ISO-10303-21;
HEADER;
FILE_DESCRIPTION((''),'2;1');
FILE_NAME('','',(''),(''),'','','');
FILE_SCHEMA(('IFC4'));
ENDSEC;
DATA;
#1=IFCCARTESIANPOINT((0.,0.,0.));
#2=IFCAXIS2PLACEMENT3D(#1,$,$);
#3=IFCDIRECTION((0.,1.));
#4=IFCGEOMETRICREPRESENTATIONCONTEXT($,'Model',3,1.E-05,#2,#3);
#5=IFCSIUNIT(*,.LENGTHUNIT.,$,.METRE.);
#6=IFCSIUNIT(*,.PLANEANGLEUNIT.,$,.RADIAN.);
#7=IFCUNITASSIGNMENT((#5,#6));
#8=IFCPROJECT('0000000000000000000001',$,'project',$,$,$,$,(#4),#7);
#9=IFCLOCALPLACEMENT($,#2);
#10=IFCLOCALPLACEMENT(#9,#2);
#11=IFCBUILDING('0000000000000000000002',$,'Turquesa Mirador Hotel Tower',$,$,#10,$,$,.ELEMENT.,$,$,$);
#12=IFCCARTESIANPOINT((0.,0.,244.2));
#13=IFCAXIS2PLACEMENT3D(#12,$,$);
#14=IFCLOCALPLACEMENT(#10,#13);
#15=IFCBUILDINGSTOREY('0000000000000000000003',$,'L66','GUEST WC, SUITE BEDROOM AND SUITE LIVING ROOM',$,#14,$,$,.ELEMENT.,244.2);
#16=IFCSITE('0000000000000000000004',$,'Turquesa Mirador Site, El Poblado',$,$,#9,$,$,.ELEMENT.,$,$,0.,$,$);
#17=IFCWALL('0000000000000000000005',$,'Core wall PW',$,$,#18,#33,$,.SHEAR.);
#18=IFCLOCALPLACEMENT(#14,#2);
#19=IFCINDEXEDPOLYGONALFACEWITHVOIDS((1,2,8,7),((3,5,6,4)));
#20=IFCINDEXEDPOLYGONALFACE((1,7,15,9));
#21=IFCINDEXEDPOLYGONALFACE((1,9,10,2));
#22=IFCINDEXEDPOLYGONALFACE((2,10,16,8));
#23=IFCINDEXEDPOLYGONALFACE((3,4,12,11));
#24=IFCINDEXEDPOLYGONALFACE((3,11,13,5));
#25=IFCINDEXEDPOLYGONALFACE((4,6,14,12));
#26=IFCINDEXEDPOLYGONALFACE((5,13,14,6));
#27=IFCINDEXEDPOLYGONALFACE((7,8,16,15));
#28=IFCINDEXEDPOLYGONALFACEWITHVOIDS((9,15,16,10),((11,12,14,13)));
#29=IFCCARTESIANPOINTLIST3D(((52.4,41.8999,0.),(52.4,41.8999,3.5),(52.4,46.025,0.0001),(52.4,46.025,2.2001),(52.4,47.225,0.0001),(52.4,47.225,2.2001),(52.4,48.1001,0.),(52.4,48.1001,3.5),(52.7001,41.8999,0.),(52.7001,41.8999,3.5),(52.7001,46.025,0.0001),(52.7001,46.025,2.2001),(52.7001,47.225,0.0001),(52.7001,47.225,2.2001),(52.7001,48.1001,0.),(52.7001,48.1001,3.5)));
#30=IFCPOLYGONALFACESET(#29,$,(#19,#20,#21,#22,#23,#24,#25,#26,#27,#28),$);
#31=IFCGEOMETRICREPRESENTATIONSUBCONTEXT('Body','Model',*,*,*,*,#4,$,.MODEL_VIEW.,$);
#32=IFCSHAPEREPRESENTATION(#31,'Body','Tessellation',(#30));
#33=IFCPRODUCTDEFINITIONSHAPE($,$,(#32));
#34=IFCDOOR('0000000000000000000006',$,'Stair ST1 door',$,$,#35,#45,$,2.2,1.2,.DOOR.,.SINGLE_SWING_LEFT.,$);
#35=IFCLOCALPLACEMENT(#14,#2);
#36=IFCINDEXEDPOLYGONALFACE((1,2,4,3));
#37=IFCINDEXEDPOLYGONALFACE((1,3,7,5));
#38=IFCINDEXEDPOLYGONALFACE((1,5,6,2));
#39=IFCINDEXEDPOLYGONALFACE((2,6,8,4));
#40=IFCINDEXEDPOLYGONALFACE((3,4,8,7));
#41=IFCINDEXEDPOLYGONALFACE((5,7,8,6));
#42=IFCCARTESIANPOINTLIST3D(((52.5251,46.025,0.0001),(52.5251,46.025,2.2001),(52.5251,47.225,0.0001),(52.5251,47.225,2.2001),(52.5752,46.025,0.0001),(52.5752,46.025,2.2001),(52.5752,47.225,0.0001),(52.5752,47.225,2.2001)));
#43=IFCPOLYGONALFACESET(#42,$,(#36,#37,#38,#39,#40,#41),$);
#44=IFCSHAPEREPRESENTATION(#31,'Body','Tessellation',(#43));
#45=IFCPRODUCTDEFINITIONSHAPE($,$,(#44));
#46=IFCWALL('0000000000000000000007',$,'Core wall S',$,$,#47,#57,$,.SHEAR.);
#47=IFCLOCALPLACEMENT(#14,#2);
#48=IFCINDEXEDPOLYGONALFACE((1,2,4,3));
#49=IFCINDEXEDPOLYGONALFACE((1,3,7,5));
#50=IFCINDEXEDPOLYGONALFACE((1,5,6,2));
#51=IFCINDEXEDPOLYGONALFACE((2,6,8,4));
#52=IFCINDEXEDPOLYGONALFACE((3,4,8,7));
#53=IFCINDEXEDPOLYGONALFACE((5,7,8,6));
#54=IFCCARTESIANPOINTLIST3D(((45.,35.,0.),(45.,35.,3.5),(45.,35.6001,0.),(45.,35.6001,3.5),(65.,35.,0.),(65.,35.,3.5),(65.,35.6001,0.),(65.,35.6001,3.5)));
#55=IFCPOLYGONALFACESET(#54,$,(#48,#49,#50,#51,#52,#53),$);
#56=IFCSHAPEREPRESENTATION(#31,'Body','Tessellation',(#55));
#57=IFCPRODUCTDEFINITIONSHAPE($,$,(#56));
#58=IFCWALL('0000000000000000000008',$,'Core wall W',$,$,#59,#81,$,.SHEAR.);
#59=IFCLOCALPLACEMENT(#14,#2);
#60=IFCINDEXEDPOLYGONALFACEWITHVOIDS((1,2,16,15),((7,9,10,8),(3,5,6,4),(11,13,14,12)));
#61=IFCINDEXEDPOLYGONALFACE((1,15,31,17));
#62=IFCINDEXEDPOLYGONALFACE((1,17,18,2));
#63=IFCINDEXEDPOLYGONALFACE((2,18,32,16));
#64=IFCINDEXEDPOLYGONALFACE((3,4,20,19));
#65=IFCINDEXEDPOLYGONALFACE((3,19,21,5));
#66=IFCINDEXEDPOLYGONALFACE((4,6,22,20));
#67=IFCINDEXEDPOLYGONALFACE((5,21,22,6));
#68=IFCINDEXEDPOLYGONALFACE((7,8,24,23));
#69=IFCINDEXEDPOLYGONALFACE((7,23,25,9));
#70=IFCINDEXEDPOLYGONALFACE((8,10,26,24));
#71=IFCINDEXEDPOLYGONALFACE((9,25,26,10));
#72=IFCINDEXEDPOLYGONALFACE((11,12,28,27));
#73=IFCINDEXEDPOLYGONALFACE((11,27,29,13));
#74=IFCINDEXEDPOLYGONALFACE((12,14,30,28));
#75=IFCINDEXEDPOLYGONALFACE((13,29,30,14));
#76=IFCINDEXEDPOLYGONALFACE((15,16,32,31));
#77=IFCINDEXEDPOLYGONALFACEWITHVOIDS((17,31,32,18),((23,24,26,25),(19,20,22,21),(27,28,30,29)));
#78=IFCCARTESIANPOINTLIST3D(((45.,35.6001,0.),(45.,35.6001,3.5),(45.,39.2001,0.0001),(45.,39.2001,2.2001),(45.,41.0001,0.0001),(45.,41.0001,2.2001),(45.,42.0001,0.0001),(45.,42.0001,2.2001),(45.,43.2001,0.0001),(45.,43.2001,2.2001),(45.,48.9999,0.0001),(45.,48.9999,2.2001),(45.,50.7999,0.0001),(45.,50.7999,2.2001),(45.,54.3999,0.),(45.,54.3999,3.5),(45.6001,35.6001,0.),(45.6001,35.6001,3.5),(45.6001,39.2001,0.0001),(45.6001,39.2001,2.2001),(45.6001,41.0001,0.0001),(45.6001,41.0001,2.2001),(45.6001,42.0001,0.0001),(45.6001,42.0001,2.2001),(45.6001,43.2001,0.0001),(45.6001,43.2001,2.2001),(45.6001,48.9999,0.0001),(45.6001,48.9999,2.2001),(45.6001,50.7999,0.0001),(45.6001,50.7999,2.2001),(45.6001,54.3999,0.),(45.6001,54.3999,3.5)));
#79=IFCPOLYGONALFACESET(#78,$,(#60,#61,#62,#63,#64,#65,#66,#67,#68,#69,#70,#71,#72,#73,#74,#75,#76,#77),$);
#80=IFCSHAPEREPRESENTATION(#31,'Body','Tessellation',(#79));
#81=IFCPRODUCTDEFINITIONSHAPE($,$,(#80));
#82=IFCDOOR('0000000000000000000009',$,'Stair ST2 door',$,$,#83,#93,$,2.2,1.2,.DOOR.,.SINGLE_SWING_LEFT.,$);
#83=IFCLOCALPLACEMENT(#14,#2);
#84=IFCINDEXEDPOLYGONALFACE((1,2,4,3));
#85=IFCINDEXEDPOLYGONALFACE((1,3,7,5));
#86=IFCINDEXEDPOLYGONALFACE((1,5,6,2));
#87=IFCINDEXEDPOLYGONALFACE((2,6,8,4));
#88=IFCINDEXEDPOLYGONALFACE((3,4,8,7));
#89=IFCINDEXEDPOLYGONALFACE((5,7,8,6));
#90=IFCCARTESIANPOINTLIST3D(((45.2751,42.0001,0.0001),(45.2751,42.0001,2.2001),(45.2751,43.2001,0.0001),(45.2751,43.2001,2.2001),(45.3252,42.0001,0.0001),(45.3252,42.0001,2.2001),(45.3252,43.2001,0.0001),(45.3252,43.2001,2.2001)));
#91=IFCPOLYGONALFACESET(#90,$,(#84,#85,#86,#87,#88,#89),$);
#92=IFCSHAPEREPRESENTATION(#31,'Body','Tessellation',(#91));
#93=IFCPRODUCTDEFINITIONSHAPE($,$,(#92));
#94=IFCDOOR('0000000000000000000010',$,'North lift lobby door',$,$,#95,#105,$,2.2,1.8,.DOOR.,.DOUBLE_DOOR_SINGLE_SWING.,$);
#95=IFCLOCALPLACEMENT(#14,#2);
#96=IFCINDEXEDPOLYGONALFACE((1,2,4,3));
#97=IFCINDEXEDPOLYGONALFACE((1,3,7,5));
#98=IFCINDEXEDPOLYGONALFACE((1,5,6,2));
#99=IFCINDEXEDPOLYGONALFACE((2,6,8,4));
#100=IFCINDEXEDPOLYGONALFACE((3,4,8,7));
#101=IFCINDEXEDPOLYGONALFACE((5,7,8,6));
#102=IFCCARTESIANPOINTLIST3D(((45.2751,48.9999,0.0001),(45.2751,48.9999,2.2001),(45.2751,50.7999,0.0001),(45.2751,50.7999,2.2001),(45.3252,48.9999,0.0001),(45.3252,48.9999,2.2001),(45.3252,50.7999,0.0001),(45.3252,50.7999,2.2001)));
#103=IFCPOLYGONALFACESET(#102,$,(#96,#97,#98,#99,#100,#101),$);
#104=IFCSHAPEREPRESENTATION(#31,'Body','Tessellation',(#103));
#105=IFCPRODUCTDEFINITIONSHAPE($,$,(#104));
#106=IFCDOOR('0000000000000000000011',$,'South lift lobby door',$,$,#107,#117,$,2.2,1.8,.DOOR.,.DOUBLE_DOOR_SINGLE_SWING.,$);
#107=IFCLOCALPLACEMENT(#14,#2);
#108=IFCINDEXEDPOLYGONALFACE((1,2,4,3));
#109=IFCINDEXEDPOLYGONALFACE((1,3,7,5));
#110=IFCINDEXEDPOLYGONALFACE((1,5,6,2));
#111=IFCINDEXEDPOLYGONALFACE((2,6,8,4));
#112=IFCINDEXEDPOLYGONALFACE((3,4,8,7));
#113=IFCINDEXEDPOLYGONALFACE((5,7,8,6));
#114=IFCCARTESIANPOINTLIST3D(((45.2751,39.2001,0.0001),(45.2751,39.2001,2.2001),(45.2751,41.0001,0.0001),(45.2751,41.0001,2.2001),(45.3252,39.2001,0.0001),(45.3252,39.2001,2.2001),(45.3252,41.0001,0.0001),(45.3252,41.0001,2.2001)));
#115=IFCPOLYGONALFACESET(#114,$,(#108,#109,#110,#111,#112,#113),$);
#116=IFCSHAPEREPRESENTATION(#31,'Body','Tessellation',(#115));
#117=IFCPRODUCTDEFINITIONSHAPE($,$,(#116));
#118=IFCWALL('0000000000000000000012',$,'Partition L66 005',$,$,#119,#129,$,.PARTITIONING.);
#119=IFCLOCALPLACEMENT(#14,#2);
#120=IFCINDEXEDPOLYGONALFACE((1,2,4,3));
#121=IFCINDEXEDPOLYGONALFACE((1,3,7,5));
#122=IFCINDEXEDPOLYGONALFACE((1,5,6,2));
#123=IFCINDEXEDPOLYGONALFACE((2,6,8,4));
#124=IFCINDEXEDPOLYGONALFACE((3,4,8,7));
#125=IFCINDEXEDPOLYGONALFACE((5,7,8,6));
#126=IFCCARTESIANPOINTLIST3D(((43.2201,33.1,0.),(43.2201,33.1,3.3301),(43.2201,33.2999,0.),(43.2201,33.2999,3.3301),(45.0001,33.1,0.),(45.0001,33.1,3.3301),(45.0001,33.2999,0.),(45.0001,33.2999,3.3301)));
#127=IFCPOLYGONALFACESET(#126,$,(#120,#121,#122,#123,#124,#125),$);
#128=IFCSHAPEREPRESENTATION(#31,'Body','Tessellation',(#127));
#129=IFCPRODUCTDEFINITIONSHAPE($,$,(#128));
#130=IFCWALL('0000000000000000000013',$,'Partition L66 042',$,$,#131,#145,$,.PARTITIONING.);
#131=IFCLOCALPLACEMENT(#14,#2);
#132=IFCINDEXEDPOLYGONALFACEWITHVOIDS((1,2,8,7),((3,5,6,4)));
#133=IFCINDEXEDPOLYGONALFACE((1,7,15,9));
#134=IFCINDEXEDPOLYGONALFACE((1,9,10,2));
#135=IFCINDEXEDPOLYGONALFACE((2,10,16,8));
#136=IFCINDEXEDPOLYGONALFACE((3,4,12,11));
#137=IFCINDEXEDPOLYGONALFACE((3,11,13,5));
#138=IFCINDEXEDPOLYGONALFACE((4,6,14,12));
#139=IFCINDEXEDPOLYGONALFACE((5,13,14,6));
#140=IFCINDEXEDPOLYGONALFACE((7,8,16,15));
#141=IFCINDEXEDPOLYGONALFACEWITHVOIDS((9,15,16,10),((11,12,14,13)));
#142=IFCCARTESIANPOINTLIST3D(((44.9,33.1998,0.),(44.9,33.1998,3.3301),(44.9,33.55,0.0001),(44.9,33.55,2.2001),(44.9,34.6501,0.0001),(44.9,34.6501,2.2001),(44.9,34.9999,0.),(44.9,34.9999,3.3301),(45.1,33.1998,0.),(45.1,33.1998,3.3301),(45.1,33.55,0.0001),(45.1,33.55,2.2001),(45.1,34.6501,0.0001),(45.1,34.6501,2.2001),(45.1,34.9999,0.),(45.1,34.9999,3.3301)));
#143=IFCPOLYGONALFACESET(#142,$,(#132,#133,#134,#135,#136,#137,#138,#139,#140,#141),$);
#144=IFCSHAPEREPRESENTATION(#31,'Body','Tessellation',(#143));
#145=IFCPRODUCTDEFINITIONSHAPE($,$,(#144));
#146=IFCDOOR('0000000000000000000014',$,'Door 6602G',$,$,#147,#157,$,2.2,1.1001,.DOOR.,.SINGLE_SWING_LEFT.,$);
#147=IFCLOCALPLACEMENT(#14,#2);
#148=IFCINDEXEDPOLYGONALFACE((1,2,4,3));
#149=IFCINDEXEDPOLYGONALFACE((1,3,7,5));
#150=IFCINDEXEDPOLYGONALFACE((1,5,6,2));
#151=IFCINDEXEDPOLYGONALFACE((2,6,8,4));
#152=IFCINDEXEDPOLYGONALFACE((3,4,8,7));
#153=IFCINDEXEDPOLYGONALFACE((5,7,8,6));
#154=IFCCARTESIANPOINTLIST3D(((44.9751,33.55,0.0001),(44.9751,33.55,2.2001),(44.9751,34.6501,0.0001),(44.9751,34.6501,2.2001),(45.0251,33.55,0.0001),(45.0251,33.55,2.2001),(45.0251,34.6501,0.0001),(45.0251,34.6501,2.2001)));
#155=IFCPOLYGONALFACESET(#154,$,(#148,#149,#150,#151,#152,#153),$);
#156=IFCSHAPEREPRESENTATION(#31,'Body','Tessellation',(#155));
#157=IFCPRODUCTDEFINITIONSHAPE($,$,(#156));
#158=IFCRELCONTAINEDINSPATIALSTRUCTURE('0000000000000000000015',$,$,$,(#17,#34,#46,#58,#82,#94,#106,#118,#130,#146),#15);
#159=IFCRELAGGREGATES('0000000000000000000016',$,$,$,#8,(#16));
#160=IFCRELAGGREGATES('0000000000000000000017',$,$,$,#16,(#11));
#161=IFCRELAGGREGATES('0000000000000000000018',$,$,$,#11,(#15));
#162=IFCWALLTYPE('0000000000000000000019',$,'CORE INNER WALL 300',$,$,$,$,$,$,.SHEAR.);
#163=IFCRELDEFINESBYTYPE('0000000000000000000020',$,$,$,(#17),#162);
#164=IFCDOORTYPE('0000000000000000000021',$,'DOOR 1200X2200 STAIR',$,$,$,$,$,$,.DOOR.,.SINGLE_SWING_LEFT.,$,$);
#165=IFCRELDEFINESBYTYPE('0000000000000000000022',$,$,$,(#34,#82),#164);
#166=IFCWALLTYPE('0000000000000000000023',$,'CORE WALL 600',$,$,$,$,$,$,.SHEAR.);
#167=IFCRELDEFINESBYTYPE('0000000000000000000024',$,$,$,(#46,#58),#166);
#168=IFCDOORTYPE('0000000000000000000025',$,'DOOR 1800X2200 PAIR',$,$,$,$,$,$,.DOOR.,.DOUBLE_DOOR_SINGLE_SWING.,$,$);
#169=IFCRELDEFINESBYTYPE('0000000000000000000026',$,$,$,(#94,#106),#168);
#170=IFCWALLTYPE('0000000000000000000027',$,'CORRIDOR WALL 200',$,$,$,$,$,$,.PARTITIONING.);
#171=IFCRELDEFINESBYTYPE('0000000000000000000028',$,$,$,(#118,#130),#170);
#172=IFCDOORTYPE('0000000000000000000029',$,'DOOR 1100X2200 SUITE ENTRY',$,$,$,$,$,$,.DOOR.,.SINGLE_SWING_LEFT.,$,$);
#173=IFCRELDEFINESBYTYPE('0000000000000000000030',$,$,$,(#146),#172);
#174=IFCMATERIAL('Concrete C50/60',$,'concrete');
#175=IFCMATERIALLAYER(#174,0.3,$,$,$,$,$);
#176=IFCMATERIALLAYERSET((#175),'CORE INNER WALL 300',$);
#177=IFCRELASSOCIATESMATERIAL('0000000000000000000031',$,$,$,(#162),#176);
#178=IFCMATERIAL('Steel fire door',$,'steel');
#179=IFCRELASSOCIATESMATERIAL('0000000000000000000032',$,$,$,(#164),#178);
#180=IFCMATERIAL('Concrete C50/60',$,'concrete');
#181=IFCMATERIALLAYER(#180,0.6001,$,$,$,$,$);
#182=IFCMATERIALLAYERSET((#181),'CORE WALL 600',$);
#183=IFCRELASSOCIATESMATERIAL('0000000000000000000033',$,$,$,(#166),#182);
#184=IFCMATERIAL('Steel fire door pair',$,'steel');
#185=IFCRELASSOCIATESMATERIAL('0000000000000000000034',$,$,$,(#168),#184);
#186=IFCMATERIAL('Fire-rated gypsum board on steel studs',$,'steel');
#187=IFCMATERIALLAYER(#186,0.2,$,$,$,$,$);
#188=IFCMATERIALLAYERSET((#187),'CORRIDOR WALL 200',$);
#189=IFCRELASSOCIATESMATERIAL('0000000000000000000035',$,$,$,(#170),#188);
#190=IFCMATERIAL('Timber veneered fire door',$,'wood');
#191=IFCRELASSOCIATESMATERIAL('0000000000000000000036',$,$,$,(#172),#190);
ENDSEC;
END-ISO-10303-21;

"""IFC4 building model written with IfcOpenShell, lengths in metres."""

from ifc_helpers import new_model, si_unit, direction, frame, frame_2d, origin, place, context, subcontext, project, spatial, rectangle, extrude, material, layer, layer_set, type_object, element, fill, save


model = new_model("IFC4")

# Units and contexts
model_context = context("Model", 3, precision=1e-05, world=origin(), true_north=direction((0.0, 1.0)))
body_context = subcontext(model_context, "Body", "Model", "MODEL_VIEW")
ifc_project = project(units=[si_unit("LENGTHUNIT", "METRE"), si_unit("PLANEANGLEUNIT", "RADIAN")], contexts=[model_context])

# Site, building, storey
site_placement = place(None, origin())
site = spatial("IfcSite", under=ifc_project, at=site_placement, Name="Turquesa Mirador Site, El Poblado", CompositionType="ELEMENT", RefElevation=0.0)
building_placement = place(site_placement, origin())
building = spatial("IfcBuilding", under=site, at=building_placement, Name="Turquesa Mirador Hotel Tower", CompositionType="ELEMENT")
storey_placement = place(building_placement, frame((0.0, 0.0, 244.2)))
storey = spatial("IfcBuildingStorey", under=building, at=storey_placement, Name="L66", Description="GUEST WC, SUITE BEDROOM AND SUITE LIVING ROOM", CompositionType="ELEMENT", Elevation=244.2)

# Shared definitions
ifc_material_1 = material(Name="Concrete C50/60", Category="concrete")
ifc_layer_1 = layer(ifc_material_1, 0.3)
ifc_layer_set_1 = layer_set([ifc_layer_1], Name="CORE INNER WALL 300")
wall_type_1 = type_object("IfcWallType", Name="CORE INNER WALL 300", PredefinedType="SHEAR", material=ifc_layer_set_1)

# Wall, opening, door
wall_1_placement = place(storey_placement, frame((52.55, 41.8999, 0.0), z_axis=(0.0, 0.0, 1.0), x_axis=(0.0, 1.0, 0.0)))
wall_1 = element("IfcWall", 1, at=wall_1_placement, inside=storey, type_object=wall_type_1, Name="Core wall PW", PredefinedType="SHEAR", context=body_context, shape_type="SweptSolid", body=[
    extrude(rectangle(XDim=6.2002, YDim=0.3, at=frame_2d((3.1001, 0.0))), origin(), (0.0, 0.0, 1.0), 3.5),
])
opening_1_placement = place(wall_1_placement, frame((4.125, 0.0, 0.0)))
opening_1 = element("IfcOpeningElement", 2, at=opening_1_placement, cuts=wall_1, PredefinedType="OPENING", context=body_context, shape_type="SweptSolid", body=[
    extrude(rectangle(XDim=1.2, YDim=2.2, at=frame_2d((0.6001, 1.1001))), frame((0.0, 0.1599, 0.0), z_axis=(0.0, -1.0, 0.0), x_axis=(1.0, 0.0, 0.0)), (0.0, 0.0, 1.0), 0.3201),
])
ifc_material_2 = material(Name="Steel fire door", Category="steel")
door_type_1 = type_object("IfcDoorType", Name="DOOR 1200X2200 STAIR", OperationType="SINGLE_SWING_LEFT", PredefinedType="DOOR", material=ifc_material_2)
door_1_placement = place(opening_1_placement, origin())
door_1 = element("IfcDoor", 3, at=door_1_placement, inside=storey, type_object=door_type_1, Name="Stair ST1 door", OperationType="SINGLE_SWING_LEFT", OverallHeight=2.2, OverallWidth=1.2, PredefinedType="DOOR", context=body_context, shape_type="SweptSolid", body=[
    extrude(rectangle(XDim=1.2, YDim=2.2, at=frame_2d((0.6001, 1.1001))), frame((0.0, 0.0249, 0.0), z_axis=(0.0, -1.0, 0.0), x_axis=(1.0, 0.0, 0.0)), (0.0, 0.0, 1.0), 0.05),
])
fill(opening_1, door_1)

# Wall
ifc_material_3 = material(Name="Concrete C50/60", Category="concrete")
ifc_layer_2 = layer(ifc_material_3, 0.6001)
ifc_layer_set_2 = layer_set([ifc_layer_2], Name="CORE WALL 600")
wall_type_2 = type_object("IfcWallType", Name="CORE WALL 600", PredefinedType="SHEAR", material=ifc_layer_set_2)
wall_2_placement = place(storey_placement, frame((45.0, 35.3, 0.0), z_axis=(0.0, 0.0, 1.0), x_axis=(1.0, 0.0, 0.0)))
element("IfcWall", 4, at=wall_2_placement, inside=storey, type_object=wall_type_2, Name="Core wall S", PredefinedType="SHEAR", context=body_context, shape_type="SweptSolid", body=[
    extrude(rectangle(XDim=20.0, YDim=0.6001, at=frame_2d((10.0, 0.0))), origin(), (0.0, 0.0, 1.0), 3.5),
])

# Wall, openings, doors
wall_3_placement = place(storey_placement, frame((45.3, 35.6001, 0.0), z_axis=(0.0, 0.0, 1.0), x_axis=(0.0, 1.0, 0.0)))
wall_3 = element("IfcWall", 5, at=wall_3_placement, inside=storey, type_object=wall_type_2, Name="Core wall W", PredefinedType="SHEAR", context=body_context, shape_type="SweptSolid", body=[
    extrude(rectangle(XDim=18.7998, YDim=0.6001, at=frame_2d((9.3999, 0.0))), origin(), (0.0, 0.0, 1.0), 3.5),
])
opening_2_placement = place(wall_3_placement, frame((13.3999, 0.0, 0.0)))
opening_2 = element("IfcOpeningElement", 6, at=opening_2_placement, cuts=wall_3, PredefinedType="OPENING", context=body_context, shape_type="SweptSolid", body=[
    extrude(rectangle(XDim=1.8, YDim=2.2, at=frame_2d((0.8999, 1.1001))), frame((0.0, 0.3101, 0.0), z_axis=(0.0, -1.0, 0.0), x_axis=(1.0, 0.0, 0.0)), (0.0, 0.0, 1.0), 0.6201),
])
opening_3_placement = place(wall_3_placement, frame((3.6001, 0.0, 0.0)))
opening_3 = element("IfcOpeningElement", 7, at=opening_3_placement, cuts=wall_3, PredefinedType="OPENING", context=body_context, shape_type="SweptSolid", body=[
    extrude(rectangle(XDim=1.8, YDim=2.2, at=frame_2d((0.8999, 1.1001))), frame((0.0, 0.3101, 0.0), z_axis=(0.0, -1.0, 0.0), x_axis=(1.0, 0.0, 0.0)), (0.0, 0.0, 1.0), 0.6201),
])
opening_4_placement = place(wall_3_placement, frame((6.3999, 0.0, 0.0)))
opening_4 = element("IfcOpeningElement", 8, at=opening_4_placement, cuts=wall_3, PredefinedType="OPENING", context=body_context, shape_type="SweptSolid", body=[
    extrude(rectangle(XDim=1.2, YDim=2.2, at=frame_2d((0.6001, 1.1001))), frame((0.0, 0.3101, 0.0), z_axis=(0.0, -1.0, 0.0), x_axis=(1.0, 0.0, 0.0)), (0.0, 0.0, 1.0), 0.6201),
])
door_2_placement = place(opening_4_placement, origin())
door_2 = element("IfcDoor", 9, at=door_2_placement, inside=storey, type_object=door_type_1, Name="Stair ST2 door", OperationType="SINGLE_SWING_LEFT", OverallHeight=2.2, OverallWidth=1.2, PredefinedType="DOOR", context=body_context, shape_type="SweptSolid", body=[
    extrude(rectangle(XDim=1.2, YDim=2.2, at=frame_2d((0.6001, 1.1001))), frame((0.0, 0.0249, 0.0), z_axis=(0.0, -1.0, 0.0), x_axis=(1.0, 0.0, 0.0)), (0.0, 0.0, 1.0), 0.05),
])
fill(opening_4, door_2)
ifc_material_4 = material(Name="Steel fire door pair", Category="steel")
door_type_2 = type_object("IfcDoorType", Name="DOOR 1800X2200 PAIR", OperationType="DOUBLE_DOOR_SINGLE_SWING", PredefinedType="DOOR", material=ifc_material_4)
door_3_placement = place(opening_2_placement, origin())
door_3 = element("IfcDoor", 10, at=door_3_placement, inside=storey, type_object=door_type_2, Name="North lift lobby door", OperationType="DOUBLE_DOOR_SINGLE_SWING", OverallHeight=2.2, OverallWidth=1.8, PredefinedType="DOOR", context=body_context, shape_type="SweptSolid", body=[
    extrude(rectangle(XDim=1.8, YDim=2.2, at=frame_2d((0.8999, 1.1001))), frame((0.0, 0.0249, 0.0), z_axis=(0.0, -1.0, 0.0), x_axis=(1.0, 0.0, 0.0)), (0.0, 0.0, 1.0), 0.05),
])
fill(opening_2, door_3)
door_4_placement = place(opening_3_placement, origin())
door_4 = element("IfcDoor", 11, at=door_4_placement, inside=storey, type_object=door_type_2, Name="South lift lobby door", OperationType="DOUBLE_DOOR_SINGLE_SWING", OverallHeight=2.2, OverallWidth=1.8, PredefinedType="DOOR", context=body_context, shape_type="SweptSolid", body=[
    extrude(rectangle(XDim=1.8, YDim=2.2, at=frame_2d((0.8999, 1.1001))), frame((0.0, 0.0249, 0.0), z_axis=(0.0, -1.0, 0.0), x_axis=(1.0, 0.0, 0.0)), (0.0, 0.0, 1.0), 0.05),
])
fill(opening_3, door_4)

# Wall
ifc_material_5 = material(Name="Fire-rated gypsum board on steel studs", Category="steel")
ifc_layer_3 = layer(ifc_material_5, 0.2)
ifc_layer_set_3 = layer_set([ifc_layer_3], Name="CORRIDOR WALL 200")
wall_type_3 = type_object("IfcWallType", Name="CORRIDOR WALL 200", PredefinedType="PARTITIONING", material=ifc_layer_set_3)
wall_4_placement = place(storey_placement, frame((43.22, 33.2, 0.0), z_axis=(0.0, 0.0, 1.0), x_axis=(1.0, 0.0, 0.0)))
element("IfcWall", 12, at=wall_4_placement, inside=storey, type_object=wall_type_3, Name="Partition L66 005", PredefinedType="PARTITIONING", context=body_context, shape_type="SweptSolid", body=[
    extrude(rectangle(XDim=1.78, YDim=0.2, at=frame_2d((0.8901, 0.0))), origin(), (0.0, 0.0, 1.0), 3.3301),
])

# Wall, opening, door
wall_5_placement = place(storey_placement, frame((45.0, 33.2, 0.0), z_axis=(0.0, 0.0, 1.0), x_axis=(0.0, 1.0, 0.0)))
wall_5 = element("IfcWall", 13, at=wall_5_placement, inside=storey, type_object=wall_type_3, Name="Partition L66 042", PredefinedType="PARTITIONING", context=body_context, shape_type="SweptSolid", body=[
    extrude(rectangle(XDim=1.8, YDim=0.2, at=frame_2d((0.8999, 0.0))), origin(), (0.0, 0.0, 1.0), 3.3301),
])
opening_5_placement = place(wall_5_placement, frame((0.3501, 0.0, 0.0)))
opening_5 = element("IfcOpeningElement", 14, at=opening_5_placement, cuts=wall_5, PredefinedType="OPENING", context=body_context, shape_type="SweptSolid", body=[
    extrude(rectangle(XDim=1.1001, YDim=2.2, at=frame_2d((0.55, 1.1001))), frame((0.0, 0.1099, 0.0), z_axis=(0.0, -1.0, 0.0), x_axis=(1.0, 0.0, 0.0)), (0.0, 0.0, 1.0), 0.22),
])
ifc_material_6 = material(Name="Timber veneered fire door", Category="wood")
door_type_3 = type_object("IfcDoorType", Name="DOOR 1100X2200 SUITE ENTRY", OperationType="SINGLE_SWING_LEFT", PredefinedType="DOOR", material=ifc_material_6)
door_5_placement = place(opening_5_placement, origin())
door_5 = element("IfcDoor", 15, at=door_5_placement, inside=storey, type_object=door_type_3, Name="Door 6602G", OperationType="SINGLE_SWING_LEFT", OverallHeight=2.2, OverallWidth=1.1001, PredefinedType="DOOR", context=body_context, shape_type="SweptSolid", body=[
    extrude(rectangle(XDim=1.1001, YDim=2.2, at=frame_2d((0.55, 1.1001))), frame((0.0, 0.0249, 0.0), z_axis=(0.0, -1.0, 0.0), x_axis=(1.0, 0.0, 0.0)), (0.0, 0.0, 1.0), 0.05),
])
fill(opening_5, door_5)

save(model, "model.ifc")
